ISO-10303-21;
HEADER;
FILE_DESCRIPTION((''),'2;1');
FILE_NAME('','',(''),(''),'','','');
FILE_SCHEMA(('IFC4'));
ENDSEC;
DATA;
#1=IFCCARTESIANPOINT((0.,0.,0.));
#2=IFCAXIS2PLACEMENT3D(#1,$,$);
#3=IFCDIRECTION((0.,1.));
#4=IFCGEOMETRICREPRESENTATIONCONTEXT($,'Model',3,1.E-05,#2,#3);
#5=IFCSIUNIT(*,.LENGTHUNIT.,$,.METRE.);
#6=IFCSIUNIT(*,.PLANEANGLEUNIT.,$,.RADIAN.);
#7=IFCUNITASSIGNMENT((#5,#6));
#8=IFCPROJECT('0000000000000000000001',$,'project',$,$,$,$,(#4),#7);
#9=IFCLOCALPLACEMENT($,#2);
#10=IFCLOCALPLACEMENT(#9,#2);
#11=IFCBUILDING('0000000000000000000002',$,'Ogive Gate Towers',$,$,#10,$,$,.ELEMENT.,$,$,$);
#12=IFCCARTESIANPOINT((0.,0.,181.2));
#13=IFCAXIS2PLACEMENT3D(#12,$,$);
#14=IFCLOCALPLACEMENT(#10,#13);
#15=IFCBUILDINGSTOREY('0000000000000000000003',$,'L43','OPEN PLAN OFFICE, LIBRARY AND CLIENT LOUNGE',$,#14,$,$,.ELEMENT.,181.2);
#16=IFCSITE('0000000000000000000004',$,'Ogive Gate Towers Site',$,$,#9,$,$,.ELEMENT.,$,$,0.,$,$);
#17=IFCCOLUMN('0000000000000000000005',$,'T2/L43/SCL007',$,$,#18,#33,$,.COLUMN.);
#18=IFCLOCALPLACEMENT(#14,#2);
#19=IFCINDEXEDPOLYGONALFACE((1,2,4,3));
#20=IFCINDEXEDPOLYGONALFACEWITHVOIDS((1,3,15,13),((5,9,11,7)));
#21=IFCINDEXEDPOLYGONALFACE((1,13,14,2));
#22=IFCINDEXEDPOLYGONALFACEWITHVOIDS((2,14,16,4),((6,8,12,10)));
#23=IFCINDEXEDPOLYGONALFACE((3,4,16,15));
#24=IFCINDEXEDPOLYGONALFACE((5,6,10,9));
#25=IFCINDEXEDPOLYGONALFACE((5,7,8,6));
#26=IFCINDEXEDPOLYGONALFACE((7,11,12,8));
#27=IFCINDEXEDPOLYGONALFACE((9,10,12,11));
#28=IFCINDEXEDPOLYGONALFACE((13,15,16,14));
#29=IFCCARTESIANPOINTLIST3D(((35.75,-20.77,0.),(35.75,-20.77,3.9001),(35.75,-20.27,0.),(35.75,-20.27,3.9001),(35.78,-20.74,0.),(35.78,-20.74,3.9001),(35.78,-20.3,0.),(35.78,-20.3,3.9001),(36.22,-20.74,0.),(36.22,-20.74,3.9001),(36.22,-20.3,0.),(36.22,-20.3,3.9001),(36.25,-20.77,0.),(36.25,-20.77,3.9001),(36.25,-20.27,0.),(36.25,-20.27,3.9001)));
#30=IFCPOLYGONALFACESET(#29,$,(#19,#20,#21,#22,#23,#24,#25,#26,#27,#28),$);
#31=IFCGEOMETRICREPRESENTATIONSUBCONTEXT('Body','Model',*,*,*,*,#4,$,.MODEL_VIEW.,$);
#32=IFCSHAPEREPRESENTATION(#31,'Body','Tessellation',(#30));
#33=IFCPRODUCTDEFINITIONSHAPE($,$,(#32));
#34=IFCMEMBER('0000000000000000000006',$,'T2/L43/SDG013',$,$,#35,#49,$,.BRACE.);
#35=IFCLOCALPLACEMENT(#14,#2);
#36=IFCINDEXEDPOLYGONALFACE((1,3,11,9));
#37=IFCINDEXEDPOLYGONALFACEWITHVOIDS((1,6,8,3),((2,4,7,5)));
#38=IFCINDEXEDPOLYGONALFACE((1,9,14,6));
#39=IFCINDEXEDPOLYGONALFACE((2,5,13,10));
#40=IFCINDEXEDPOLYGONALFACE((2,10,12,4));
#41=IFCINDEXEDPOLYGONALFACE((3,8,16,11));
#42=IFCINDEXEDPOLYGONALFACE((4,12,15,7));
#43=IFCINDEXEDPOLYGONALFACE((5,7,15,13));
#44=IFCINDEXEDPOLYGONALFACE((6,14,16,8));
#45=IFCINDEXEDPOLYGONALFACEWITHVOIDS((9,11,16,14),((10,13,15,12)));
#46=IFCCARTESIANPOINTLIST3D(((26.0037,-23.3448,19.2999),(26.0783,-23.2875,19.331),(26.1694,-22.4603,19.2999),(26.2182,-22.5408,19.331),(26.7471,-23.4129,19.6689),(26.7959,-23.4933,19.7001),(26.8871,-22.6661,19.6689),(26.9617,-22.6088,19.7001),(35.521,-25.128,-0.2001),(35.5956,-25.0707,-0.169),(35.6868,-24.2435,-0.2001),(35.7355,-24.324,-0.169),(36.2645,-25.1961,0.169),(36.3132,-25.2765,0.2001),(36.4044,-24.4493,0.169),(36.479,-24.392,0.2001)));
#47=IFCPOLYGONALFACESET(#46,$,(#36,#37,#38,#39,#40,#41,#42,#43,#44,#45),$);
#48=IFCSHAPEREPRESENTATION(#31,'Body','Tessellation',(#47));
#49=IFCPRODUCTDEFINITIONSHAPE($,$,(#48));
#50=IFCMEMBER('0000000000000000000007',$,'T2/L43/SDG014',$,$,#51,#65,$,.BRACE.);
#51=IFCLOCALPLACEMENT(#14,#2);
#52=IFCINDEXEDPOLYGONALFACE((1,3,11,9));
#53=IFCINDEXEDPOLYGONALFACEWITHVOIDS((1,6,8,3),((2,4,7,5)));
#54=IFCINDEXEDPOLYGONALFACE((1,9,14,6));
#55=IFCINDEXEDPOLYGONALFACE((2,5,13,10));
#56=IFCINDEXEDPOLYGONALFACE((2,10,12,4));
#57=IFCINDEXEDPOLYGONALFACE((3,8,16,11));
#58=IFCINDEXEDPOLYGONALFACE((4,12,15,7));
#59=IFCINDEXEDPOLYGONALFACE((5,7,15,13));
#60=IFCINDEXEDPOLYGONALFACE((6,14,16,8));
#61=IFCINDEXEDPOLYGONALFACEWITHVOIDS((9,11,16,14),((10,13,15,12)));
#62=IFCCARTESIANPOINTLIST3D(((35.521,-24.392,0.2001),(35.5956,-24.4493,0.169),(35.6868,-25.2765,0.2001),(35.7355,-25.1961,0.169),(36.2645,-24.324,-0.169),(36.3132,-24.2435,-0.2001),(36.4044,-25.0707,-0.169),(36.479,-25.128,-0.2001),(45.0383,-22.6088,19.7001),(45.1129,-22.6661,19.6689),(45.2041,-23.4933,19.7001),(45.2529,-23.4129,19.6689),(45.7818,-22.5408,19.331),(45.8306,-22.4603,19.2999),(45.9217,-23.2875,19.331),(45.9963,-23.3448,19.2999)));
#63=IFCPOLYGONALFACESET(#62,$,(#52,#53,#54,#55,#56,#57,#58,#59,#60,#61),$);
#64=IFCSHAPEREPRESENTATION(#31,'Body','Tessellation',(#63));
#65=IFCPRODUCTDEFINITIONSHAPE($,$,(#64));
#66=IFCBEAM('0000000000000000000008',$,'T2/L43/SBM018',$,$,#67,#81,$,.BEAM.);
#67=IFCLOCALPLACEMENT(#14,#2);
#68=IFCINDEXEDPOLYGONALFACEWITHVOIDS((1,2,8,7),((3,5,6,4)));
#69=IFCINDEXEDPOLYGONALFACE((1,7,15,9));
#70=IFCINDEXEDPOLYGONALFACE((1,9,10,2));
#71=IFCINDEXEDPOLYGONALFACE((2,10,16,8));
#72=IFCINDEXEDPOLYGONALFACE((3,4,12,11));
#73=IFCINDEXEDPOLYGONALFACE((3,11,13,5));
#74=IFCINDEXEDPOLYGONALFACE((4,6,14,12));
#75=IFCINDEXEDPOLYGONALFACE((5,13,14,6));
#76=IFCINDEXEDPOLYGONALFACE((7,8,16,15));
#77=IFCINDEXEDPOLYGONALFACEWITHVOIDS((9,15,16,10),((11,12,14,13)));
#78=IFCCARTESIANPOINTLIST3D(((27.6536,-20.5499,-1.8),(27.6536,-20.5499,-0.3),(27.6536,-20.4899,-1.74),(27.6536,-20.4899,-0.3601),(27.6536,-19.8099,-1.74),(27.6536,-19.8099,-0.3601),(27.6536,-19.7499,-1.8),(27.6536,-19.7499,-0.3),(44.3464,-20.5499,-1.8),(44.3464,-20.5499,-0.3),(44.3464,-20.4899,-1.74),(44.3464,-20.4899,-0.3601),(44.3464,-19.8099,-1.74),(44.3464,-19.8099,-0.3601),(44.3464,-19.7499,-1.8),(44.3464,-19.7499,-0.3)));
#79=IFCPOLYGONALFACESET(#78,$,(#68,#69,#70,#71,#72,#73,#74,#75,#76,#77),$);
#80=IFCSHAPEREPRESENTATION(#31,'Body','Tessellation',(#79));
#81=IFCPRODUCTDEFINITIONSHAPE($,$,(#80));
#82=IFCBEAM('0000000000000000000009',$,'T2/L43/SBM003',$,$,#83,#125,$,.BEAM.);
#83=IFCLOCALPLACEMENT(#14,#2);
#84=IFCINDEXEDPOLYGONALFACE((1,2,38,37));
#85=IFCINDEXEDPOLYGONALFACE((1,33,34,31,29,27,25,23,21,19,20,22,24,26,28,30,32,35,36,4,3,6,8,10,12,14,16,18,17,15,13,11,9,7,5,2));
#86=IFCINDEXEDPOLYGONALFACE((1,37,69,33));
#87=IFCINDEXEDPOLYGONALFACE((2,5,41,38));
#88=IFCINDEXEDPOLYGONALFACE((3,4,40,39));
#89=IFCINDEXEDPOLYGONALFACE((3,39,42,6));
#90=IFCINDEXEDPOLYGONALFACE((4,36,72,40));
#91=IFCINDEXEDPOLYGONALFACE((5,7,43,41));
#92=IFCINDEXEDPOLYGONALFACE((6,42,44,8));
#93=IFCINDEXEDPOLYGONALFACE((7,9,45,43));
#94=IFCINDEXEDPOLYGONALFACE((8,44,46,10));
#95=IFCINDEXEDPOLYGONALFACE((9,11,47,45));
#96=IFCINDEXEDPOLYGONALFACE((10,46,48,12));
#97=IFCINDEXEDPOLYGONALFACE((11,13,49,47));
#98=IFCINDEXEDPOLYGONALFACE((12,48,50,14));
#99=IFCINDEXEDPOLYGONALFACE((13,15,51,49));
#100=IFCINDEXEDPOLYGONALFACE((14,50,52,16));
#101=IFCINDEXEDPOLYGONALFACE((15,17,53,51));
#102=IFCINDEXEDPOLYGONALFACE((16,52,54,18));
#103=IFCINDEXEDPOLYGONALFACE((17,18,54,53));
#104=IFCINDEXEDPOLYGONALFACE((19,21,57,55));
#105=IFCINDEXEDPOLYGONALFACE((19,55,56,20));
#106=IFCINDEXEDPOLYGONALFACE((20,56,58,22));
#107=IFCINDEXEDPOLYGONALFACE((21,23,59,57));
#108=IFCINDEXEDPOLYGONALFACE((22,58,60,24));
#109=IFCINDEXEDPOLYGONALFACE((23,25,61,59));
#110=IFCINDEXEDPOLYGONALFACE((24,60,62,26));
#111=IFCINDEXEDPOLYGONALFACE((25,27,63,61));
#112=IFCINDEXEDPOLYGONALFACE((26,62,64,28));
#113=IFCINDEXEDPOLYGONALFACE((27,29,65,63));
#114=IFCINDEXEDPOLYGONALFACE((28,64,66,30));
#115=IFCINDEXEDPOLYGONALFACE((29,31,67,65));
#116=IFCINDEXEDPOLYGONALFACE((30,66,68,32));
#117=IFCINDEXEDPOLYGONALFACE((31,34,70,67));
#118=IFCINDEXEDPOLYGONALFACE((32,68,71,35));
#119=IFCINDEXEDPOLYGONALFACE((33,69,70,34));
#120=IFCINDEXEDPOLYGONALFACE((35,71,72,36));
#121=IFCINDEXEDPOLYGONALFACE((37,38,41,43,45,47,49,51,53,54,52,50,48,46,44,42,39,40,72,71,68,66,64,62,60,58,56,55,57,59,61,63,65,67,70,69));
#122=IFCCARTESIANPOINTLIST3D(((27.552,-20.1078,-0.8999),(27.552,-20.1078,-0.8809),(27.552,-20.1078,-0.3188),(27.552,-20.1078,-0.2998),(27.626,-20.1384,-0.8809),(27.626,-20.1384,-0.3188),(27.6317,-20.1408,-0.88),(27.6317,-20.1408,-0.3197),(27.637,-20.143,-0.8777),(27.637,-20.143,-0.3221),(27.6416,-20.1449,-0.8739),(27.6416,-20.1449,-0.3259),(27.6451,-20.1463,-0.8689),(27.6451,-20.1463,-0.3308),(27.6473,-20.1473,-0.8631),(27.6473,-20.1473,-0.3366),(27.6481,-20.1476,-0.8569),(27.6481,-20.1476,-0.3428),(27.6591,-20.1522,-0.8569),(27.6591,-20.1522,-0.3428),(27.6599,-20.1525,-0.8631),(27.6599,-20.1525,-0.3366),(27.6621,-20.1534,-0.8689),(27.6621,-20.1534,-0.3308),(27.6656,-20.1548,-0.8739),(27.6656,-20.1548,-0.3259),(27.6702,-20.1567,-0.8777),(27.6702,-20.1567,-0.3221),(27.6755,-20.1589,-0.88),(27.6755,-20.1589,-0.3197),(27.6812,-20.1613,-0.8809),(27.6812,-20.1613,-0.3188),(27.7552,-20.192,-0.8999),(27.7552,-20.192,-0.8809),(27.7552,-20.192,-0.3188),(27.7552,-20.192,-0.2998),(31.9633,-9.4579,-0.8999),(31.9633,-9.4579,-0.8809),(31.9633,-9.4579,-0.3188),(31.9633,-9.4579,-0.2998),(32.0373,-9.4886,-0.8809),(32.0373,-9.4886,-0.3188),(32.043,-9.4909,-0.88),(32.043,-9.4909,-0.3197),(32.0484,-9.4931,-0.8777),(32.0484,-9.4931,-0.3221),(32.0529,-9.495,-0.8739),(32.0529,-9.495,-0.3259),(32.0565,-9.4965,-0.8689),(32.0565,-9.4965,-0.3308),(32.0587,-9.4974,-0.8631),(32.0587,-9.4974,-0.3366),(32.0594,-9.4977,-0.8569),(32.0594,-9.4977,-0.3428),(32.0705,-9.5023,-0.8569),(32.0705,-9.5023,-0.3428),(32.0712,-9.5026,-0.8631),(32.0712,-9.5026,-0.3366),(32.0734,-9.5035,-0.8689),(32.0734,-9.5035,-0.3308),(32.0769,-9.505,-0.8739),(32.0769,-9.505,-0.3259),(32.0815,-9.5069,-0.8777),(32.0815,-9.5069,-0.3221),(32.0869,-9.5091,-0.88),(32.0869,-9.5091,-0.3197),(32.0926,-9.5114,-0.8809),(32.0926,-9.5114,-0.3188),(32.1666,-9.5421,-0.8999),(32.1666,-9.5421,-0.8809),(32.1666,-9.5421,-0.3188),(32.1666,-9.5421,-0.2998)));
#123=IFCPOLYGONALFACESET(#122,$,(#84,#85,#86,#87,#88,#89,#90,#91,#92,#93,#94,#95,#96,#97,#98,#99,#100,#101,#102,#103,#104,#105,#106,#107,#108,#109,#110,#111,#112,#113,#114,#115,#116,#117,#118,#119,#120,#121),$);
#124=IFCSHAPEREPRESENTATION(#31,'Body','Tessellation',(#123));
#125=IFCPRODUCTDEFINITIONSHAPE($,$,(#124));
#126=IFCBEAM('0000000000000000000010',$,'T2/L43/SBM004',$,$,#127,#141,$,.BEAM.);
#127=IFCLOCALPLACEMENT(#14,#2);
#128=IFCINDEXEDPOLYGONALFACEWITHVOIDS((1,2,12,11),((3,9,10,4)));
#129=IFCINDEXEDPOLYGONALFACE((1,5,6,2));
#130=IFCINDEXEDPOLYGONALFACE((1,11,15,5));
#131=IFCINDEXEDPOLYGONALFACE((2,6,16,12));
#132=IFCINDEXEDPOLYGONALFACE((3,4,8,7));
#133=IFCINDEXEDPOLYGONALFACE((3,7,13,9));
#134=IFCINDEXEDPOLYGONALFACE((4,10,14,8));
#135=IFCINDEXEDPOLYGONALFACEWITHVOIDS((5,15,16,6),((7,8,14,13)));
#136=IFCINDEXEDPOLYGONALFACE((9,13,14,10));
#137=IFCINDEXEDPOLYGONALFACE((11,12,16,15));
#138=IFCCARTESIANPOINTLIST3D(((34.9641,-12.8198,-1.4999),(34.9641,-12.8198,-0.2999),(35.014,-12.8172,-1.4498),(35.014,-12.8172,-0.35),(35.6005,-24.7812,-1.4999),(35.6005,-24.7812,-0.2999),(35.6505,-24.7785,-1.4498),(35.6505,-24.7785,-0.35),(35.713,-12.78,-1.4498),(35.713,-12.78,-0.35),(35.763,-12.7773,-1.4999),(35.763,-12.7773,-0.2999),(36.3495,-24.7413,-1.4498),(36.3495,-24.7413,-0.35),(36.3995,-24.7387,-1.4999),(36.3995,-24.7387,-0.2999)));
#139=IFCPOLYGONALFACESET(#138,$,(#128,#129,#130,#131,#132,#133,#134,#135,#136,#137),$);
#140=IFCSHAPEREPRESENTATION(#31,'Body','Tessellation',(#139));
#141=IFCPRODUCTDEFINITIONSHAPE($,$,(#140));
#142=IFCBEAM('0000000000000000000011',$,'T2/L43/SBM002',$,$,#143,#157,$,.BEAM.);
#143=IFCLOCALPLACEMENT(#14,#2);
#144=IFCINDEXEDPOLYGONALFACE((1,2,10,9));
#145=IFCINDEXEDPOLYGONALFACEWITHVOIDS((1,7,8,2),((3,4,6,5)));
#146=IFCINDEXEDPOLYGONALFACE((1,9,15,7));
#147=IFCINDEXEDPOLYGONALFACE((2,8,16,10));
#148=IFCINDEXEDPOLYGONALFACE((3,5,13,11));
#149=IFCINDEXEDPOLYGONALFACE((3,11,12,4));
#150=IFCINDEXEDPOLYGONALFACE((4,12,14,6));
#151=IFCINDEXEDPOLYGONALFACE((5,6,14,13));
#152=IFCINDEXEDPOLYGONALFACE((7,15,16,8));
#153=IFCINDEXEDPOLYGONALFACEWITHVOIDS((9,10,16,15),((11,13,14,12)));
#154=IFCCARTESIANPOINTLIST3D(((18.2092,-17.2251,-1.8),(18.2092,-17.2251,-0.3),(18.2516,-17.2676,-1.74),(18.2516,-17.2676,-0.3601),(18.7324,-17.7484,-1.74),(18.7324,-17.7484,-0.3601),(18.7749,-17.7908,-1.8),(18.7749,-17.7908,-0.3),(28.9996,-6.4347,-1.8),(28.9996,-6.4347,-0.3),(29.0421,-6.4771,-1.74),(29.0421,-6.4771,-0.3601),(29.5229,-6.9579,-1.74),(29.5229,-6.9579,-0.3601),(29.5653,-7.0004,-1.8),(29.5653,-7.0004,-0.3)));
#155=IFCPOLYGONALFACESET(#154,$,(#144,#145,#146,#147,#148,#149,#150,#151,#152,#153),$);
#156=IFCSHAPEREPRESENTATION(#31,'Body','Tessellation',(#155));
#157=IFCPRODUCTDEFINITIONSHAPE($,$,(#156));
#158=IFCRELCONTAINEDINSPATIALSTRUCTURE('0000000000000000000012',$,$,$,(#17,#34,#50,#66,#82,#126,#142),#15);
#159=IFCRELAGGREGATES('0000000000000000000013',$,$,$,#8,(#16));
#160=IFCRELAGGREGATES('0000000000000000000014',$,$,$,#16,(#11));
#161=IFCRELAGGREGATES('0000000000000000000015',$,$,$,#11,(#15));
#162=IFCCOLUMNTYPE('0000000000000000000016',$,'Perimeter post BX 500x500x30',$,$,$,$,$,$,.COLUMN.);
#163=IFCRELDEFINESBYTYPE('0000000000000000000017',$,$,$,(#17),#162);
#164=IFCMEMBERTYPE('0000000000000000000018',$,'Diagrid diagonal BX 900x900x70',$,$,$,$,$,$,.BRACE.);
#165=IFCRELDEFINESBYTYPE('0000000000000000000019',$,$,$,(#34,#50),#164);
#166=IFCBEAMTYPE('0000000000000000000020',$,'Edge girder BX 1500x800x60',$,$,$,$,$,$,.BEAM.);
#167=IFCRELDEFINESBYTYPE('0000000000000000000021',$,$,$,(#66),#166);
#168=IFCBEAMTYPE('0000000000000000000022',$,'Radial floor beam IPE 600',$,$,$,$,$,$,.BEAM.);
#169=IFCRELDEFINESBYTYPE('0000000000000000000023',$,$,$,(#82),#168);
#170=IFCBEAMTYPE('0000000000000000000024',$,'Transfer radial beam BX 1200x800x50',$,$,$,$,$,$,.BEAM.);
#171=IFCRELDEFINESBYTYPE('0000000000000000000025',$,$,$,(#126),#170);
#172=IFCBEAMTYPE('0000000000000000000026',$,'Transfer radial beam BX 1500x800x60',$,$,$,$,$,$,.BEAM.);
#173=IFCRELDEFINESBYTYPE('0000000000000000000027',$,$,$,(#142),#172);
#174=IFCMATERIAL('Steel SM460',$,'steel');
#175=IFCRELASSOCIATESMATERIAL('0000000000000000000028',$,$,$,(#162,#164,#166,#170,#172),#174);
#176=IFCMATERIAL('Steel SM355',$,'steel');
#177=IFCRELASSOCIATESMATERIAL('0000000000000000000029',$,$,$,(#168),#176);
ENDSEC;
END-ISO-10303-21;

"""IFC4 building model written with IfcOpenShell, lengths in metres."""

from ifc_helpers import new_model, si_unit, direction, frame, origin, origin_2d, place, context, subcontext, project, spatial, hollow_rectangle, i_section, extrude, material, material_profile, profile_set, type_object, element, save


model = new_model("IFC4")

# Units and contexts
model_context = context("Model", 3, precision=1e-05, world=origin(), true_north=direction((0.0, 1.0)))
body_context = subcontext(model_context, "Body", "Model", "MODEL_VIEW")
ifc_project = project(units=[si_unit("LENGTHUNIT", "METRE"), si_unit("PLANEANGLEUNIT", "RADIAN")], contexts=[model_context])

# Site, building, storey
site_placement = place(None, origin())
site = spatial("IfcSite", under=ifc_project, at=site_placement, Name="Ogive Gate Towers Site", CompositionType="ELEMENT", RefElevation=0.0)
building_placement = place(site_placement, origin())
building = spatial("IfcBuilding", under=site, at=building_placement, Name="Ogive Gate Towers", CompositionType="ELEMENT")
storey_placement = place(building_placement, frame((0.0, 0.0, 181.2)))
storey = spatial("IfcBuildingStorey", under=building, at=storey_placement, Name="L43", Description="OPEN PLAN OFFICE, LIBRARY AND CLIENT LOUNGE", CompositionType="ELEMENT", Elevation=181.2)

# Column
ifc_material_1 = material(Name="Steel SM460", Category="steel")
ifc_material_profile_1 = material_profile(ifc_material_1, hollow_rectangle(XDim=0.5, YDim=0.5, WallThickness=0.03, at=origin_2d()), Name="BX 500x500x30")
ifc_profile_set_1 = profile_set([ifc_material_profile_1], Name="Steel SM460")
column_type = type_object("IfcColumnType", Name="Perimeter post BX 500x500x30", PredefinedType="COLUMN", material=ifc_profile_set_1)
column_placement = place(storey_placement, frame((36.0, -20.52, 0.0), z_axis=(0.0, 0.0, 1.0), x_axis=(1.0, 0.0, 0.0)))
element("IfcColumn", 1, at=column_placement, inside=storey, type_object=column_type, Name="T2/L43/SCL007", PredefinedType="COLUMN", context=body_context, shape_type="SweptSolid", body=[
    extrude(hollow_rectangle(XDim=0.5, YDim=0.5, WallThickness=0.03, at=origin_2d()), origin(), (0.0, 0.0, 1.0), 3.9001),
])

# Members
ifc_material_profile_2 = material_profile(ifc_material_1, hollow_rectangle(XDim=0.8999, YDim=0.8999, WallThickness=0.0701, at=origin_2d()), Name="BX 900x900x70")
ifc_profile_set_2 = profile_set([ifc_material_profile_2], Name="Steel SM460")
member_type = type_object("IfcMemberType", Name="Diagrid diagonal BX 900x900x70", PredefinedType="BRACE", material=ifc_profile_set_2)
for number, where, z_axis, x_axis, name in (
    (2, (36.0, -24.76, 0.0), (-0.437141, 0.081904, 0.895656), (-0.184159, -0.982896, 0.0), "T2/L43/SDG013"),
    (3, (36.0, -24.76, 0.0), (0.437141, 0.081904, 0.895656), (-0.184159, 0.982896, 0.0), "T2/L43/SDG014"),
):
    element("IfcMember", number, at=place(storey_placement, frame(where, z_axis=z_axis, x_axis=x_axis)), inside=storey, type_object=member_type, Name=name, PredefinedType="BRACE", context=body_context, shape_type="SweptSolid", body=[
        extrude(hollow_rectangle(XDim=0.8999, YDim=0.8999, WallThickness=0.0701, at=origin_2d()), origin(), (0.0, 0.0, 1.0), 21.7717),
    ])

# Beams
ifc_material_profile_3 = material_profile(ifc_material_1, hollow_rectangle(XDim=0.8, YDim=1.5, WallThickness=0.0601, at=origin_2d()), Name="BX 1500x800x60")
ifc_profile_set_3 = profile_set([ifc_material_profile_3], Name="Steel SM460")
beam_type_1 = type_object("IfcBeamType", Name="Edge girder BX 1500x800x60", PredefinedType="BEAM", material=ifc_profile_set_3)
beam_1_placement = place(storey_placement, frame((27.6536, -20.1499, -1.05), z_axis=(1.0, 0.0, 0.0), x_axis=(0.0, 1.0, 0.0)))
element("IfcBeam", 4, at=beam_1_placement, inside=storey, type_object=beam_type_1, Name="T2/L43/SBM018", PredefinedType="BEAM", context=body_context, shape_type="SweptSolid", body=[
    extrude(hollow_rectangle(XDim=0.8, YDim=1.5, WallThickness=0.0601, at=origin_2d()), origin(), (0.0, 0.0, 1.0), 16.6929),
])
ifc_material_2 = material(Name="Steel SM355", Category="steel")
ifc_material_profile_4 = material_profile(ifc_material_2, i_section(OverallWidth=0.22, OverallDepth=0.6001, WebThickness=0.012, FlangeThickness=0.019, FilletRadius=0.0239, at=origin_2d()), Name="IPE 600")
ifc_profile_set_4 = profile_set([ifc_material_profile_4], Name="Steel SM355")
beam_type_2 = type_object("IfcBeamType", Name="Radial floor beam IPE 600", PredefinedType="BEAM", material=ifc_profile_set_4)
beam_2_placement = place(storey_placement, frame((32.0649, -9.5, -0.5999), z_axis=(-0.382687, -0.923878, 0.0), x_axis=(0.923878, -0.382687, 0.0)))
element("IfcBeam", 5, at=beam_2_placement, inside=storey, type_object=beam_type_2, Name="T2/L43/SBM003", PredefinedType="BEAM", context=body_context, shape_type="SweptSolid", body=[
    extrude(i_section(OverallWidth=0.22, OverallDepth=0.6001, WebThickness=0.012, FlangeThickness=0.019, FilletRadius=0.0239, at=origin_2d()), origin(), (0.0, 0.0, 1.0), 11.5273),
])
ifc_material_profile_5 = material_profile(ifc_material_1, hollow_rectangle(XDim=0.8, YDim=1.2, WallThickness=0.05, at=origin_2d()), Name="BX 1200x800x50")
ifc_profile_set_5 = profile_set([ifc_material_profile_5], Name="Steel SM460")
beam_type_3 = type_object("IfcBeamType", Name="Transfer radial beam BX 1200x800x50", PredefinedType="BEAM", material=ifc_profile_set_5)
beam_3_placement = place(storey_placement, frame((35.3635, -12.7986, -0.8999), z_axis=(0.053135, -0.998587, 0.0), x_axis=(0.998587, 0.053135, 0.0)))
element("IfcBeam", 6, at=beam_3_placement, inside=storey, type_object=beam_type_3, Name="T2/L43/SBM004", PredefinedType="BEAM", context=body_context, shape_type="SweptSolid", body=[
    extrude(hollow_rectangle(XDim=0.8, YDim=1.2, WallThickness=0.05, at=origin_2d()), origin(), (0.0, 0.0, 1.0), 11.9783),
])
ifc_material_profile_6 = material_profile(ifc_material_1, hollow_rectangle(XDim=0.8, YDim=1.5, WallThickness=0.0601, at=origin_2d()), Name="BX 1500x800x60")
ifc_profile_set_6 = profile_set([ifc_material_profile_6], Name="Steel SM460")
beam_type_4 = type_object("IfcBeamType", Name="Transfer radial beam BX 1500x800x60", PredefinedType="BEAM", material=ifc_profile_set_6)
beam_4_placement = place(storey_placement, frame((29.2825, -6.7175, -1.05), z_axis=(-0.707107, -0.707107, 0.0), x_axis=(0.707107, -0.707107, 0.0)))
element("IfcBeam", 7, at=beam_4_placement, inside=storey, type_object=beam_type_4, Name="T2/L43/SBM002", PredefinedType="BEAM", context=body_context, shape_type="SweptSolid", body=[
    extrude(hollow_rectangle(XDim=0.8, YDim=1.5, WallThickness=0.0601, at=origin_2d()), origin(), (0.0, 0.0, 1.0), 15.26),
])

save(model, "model.ifc")
